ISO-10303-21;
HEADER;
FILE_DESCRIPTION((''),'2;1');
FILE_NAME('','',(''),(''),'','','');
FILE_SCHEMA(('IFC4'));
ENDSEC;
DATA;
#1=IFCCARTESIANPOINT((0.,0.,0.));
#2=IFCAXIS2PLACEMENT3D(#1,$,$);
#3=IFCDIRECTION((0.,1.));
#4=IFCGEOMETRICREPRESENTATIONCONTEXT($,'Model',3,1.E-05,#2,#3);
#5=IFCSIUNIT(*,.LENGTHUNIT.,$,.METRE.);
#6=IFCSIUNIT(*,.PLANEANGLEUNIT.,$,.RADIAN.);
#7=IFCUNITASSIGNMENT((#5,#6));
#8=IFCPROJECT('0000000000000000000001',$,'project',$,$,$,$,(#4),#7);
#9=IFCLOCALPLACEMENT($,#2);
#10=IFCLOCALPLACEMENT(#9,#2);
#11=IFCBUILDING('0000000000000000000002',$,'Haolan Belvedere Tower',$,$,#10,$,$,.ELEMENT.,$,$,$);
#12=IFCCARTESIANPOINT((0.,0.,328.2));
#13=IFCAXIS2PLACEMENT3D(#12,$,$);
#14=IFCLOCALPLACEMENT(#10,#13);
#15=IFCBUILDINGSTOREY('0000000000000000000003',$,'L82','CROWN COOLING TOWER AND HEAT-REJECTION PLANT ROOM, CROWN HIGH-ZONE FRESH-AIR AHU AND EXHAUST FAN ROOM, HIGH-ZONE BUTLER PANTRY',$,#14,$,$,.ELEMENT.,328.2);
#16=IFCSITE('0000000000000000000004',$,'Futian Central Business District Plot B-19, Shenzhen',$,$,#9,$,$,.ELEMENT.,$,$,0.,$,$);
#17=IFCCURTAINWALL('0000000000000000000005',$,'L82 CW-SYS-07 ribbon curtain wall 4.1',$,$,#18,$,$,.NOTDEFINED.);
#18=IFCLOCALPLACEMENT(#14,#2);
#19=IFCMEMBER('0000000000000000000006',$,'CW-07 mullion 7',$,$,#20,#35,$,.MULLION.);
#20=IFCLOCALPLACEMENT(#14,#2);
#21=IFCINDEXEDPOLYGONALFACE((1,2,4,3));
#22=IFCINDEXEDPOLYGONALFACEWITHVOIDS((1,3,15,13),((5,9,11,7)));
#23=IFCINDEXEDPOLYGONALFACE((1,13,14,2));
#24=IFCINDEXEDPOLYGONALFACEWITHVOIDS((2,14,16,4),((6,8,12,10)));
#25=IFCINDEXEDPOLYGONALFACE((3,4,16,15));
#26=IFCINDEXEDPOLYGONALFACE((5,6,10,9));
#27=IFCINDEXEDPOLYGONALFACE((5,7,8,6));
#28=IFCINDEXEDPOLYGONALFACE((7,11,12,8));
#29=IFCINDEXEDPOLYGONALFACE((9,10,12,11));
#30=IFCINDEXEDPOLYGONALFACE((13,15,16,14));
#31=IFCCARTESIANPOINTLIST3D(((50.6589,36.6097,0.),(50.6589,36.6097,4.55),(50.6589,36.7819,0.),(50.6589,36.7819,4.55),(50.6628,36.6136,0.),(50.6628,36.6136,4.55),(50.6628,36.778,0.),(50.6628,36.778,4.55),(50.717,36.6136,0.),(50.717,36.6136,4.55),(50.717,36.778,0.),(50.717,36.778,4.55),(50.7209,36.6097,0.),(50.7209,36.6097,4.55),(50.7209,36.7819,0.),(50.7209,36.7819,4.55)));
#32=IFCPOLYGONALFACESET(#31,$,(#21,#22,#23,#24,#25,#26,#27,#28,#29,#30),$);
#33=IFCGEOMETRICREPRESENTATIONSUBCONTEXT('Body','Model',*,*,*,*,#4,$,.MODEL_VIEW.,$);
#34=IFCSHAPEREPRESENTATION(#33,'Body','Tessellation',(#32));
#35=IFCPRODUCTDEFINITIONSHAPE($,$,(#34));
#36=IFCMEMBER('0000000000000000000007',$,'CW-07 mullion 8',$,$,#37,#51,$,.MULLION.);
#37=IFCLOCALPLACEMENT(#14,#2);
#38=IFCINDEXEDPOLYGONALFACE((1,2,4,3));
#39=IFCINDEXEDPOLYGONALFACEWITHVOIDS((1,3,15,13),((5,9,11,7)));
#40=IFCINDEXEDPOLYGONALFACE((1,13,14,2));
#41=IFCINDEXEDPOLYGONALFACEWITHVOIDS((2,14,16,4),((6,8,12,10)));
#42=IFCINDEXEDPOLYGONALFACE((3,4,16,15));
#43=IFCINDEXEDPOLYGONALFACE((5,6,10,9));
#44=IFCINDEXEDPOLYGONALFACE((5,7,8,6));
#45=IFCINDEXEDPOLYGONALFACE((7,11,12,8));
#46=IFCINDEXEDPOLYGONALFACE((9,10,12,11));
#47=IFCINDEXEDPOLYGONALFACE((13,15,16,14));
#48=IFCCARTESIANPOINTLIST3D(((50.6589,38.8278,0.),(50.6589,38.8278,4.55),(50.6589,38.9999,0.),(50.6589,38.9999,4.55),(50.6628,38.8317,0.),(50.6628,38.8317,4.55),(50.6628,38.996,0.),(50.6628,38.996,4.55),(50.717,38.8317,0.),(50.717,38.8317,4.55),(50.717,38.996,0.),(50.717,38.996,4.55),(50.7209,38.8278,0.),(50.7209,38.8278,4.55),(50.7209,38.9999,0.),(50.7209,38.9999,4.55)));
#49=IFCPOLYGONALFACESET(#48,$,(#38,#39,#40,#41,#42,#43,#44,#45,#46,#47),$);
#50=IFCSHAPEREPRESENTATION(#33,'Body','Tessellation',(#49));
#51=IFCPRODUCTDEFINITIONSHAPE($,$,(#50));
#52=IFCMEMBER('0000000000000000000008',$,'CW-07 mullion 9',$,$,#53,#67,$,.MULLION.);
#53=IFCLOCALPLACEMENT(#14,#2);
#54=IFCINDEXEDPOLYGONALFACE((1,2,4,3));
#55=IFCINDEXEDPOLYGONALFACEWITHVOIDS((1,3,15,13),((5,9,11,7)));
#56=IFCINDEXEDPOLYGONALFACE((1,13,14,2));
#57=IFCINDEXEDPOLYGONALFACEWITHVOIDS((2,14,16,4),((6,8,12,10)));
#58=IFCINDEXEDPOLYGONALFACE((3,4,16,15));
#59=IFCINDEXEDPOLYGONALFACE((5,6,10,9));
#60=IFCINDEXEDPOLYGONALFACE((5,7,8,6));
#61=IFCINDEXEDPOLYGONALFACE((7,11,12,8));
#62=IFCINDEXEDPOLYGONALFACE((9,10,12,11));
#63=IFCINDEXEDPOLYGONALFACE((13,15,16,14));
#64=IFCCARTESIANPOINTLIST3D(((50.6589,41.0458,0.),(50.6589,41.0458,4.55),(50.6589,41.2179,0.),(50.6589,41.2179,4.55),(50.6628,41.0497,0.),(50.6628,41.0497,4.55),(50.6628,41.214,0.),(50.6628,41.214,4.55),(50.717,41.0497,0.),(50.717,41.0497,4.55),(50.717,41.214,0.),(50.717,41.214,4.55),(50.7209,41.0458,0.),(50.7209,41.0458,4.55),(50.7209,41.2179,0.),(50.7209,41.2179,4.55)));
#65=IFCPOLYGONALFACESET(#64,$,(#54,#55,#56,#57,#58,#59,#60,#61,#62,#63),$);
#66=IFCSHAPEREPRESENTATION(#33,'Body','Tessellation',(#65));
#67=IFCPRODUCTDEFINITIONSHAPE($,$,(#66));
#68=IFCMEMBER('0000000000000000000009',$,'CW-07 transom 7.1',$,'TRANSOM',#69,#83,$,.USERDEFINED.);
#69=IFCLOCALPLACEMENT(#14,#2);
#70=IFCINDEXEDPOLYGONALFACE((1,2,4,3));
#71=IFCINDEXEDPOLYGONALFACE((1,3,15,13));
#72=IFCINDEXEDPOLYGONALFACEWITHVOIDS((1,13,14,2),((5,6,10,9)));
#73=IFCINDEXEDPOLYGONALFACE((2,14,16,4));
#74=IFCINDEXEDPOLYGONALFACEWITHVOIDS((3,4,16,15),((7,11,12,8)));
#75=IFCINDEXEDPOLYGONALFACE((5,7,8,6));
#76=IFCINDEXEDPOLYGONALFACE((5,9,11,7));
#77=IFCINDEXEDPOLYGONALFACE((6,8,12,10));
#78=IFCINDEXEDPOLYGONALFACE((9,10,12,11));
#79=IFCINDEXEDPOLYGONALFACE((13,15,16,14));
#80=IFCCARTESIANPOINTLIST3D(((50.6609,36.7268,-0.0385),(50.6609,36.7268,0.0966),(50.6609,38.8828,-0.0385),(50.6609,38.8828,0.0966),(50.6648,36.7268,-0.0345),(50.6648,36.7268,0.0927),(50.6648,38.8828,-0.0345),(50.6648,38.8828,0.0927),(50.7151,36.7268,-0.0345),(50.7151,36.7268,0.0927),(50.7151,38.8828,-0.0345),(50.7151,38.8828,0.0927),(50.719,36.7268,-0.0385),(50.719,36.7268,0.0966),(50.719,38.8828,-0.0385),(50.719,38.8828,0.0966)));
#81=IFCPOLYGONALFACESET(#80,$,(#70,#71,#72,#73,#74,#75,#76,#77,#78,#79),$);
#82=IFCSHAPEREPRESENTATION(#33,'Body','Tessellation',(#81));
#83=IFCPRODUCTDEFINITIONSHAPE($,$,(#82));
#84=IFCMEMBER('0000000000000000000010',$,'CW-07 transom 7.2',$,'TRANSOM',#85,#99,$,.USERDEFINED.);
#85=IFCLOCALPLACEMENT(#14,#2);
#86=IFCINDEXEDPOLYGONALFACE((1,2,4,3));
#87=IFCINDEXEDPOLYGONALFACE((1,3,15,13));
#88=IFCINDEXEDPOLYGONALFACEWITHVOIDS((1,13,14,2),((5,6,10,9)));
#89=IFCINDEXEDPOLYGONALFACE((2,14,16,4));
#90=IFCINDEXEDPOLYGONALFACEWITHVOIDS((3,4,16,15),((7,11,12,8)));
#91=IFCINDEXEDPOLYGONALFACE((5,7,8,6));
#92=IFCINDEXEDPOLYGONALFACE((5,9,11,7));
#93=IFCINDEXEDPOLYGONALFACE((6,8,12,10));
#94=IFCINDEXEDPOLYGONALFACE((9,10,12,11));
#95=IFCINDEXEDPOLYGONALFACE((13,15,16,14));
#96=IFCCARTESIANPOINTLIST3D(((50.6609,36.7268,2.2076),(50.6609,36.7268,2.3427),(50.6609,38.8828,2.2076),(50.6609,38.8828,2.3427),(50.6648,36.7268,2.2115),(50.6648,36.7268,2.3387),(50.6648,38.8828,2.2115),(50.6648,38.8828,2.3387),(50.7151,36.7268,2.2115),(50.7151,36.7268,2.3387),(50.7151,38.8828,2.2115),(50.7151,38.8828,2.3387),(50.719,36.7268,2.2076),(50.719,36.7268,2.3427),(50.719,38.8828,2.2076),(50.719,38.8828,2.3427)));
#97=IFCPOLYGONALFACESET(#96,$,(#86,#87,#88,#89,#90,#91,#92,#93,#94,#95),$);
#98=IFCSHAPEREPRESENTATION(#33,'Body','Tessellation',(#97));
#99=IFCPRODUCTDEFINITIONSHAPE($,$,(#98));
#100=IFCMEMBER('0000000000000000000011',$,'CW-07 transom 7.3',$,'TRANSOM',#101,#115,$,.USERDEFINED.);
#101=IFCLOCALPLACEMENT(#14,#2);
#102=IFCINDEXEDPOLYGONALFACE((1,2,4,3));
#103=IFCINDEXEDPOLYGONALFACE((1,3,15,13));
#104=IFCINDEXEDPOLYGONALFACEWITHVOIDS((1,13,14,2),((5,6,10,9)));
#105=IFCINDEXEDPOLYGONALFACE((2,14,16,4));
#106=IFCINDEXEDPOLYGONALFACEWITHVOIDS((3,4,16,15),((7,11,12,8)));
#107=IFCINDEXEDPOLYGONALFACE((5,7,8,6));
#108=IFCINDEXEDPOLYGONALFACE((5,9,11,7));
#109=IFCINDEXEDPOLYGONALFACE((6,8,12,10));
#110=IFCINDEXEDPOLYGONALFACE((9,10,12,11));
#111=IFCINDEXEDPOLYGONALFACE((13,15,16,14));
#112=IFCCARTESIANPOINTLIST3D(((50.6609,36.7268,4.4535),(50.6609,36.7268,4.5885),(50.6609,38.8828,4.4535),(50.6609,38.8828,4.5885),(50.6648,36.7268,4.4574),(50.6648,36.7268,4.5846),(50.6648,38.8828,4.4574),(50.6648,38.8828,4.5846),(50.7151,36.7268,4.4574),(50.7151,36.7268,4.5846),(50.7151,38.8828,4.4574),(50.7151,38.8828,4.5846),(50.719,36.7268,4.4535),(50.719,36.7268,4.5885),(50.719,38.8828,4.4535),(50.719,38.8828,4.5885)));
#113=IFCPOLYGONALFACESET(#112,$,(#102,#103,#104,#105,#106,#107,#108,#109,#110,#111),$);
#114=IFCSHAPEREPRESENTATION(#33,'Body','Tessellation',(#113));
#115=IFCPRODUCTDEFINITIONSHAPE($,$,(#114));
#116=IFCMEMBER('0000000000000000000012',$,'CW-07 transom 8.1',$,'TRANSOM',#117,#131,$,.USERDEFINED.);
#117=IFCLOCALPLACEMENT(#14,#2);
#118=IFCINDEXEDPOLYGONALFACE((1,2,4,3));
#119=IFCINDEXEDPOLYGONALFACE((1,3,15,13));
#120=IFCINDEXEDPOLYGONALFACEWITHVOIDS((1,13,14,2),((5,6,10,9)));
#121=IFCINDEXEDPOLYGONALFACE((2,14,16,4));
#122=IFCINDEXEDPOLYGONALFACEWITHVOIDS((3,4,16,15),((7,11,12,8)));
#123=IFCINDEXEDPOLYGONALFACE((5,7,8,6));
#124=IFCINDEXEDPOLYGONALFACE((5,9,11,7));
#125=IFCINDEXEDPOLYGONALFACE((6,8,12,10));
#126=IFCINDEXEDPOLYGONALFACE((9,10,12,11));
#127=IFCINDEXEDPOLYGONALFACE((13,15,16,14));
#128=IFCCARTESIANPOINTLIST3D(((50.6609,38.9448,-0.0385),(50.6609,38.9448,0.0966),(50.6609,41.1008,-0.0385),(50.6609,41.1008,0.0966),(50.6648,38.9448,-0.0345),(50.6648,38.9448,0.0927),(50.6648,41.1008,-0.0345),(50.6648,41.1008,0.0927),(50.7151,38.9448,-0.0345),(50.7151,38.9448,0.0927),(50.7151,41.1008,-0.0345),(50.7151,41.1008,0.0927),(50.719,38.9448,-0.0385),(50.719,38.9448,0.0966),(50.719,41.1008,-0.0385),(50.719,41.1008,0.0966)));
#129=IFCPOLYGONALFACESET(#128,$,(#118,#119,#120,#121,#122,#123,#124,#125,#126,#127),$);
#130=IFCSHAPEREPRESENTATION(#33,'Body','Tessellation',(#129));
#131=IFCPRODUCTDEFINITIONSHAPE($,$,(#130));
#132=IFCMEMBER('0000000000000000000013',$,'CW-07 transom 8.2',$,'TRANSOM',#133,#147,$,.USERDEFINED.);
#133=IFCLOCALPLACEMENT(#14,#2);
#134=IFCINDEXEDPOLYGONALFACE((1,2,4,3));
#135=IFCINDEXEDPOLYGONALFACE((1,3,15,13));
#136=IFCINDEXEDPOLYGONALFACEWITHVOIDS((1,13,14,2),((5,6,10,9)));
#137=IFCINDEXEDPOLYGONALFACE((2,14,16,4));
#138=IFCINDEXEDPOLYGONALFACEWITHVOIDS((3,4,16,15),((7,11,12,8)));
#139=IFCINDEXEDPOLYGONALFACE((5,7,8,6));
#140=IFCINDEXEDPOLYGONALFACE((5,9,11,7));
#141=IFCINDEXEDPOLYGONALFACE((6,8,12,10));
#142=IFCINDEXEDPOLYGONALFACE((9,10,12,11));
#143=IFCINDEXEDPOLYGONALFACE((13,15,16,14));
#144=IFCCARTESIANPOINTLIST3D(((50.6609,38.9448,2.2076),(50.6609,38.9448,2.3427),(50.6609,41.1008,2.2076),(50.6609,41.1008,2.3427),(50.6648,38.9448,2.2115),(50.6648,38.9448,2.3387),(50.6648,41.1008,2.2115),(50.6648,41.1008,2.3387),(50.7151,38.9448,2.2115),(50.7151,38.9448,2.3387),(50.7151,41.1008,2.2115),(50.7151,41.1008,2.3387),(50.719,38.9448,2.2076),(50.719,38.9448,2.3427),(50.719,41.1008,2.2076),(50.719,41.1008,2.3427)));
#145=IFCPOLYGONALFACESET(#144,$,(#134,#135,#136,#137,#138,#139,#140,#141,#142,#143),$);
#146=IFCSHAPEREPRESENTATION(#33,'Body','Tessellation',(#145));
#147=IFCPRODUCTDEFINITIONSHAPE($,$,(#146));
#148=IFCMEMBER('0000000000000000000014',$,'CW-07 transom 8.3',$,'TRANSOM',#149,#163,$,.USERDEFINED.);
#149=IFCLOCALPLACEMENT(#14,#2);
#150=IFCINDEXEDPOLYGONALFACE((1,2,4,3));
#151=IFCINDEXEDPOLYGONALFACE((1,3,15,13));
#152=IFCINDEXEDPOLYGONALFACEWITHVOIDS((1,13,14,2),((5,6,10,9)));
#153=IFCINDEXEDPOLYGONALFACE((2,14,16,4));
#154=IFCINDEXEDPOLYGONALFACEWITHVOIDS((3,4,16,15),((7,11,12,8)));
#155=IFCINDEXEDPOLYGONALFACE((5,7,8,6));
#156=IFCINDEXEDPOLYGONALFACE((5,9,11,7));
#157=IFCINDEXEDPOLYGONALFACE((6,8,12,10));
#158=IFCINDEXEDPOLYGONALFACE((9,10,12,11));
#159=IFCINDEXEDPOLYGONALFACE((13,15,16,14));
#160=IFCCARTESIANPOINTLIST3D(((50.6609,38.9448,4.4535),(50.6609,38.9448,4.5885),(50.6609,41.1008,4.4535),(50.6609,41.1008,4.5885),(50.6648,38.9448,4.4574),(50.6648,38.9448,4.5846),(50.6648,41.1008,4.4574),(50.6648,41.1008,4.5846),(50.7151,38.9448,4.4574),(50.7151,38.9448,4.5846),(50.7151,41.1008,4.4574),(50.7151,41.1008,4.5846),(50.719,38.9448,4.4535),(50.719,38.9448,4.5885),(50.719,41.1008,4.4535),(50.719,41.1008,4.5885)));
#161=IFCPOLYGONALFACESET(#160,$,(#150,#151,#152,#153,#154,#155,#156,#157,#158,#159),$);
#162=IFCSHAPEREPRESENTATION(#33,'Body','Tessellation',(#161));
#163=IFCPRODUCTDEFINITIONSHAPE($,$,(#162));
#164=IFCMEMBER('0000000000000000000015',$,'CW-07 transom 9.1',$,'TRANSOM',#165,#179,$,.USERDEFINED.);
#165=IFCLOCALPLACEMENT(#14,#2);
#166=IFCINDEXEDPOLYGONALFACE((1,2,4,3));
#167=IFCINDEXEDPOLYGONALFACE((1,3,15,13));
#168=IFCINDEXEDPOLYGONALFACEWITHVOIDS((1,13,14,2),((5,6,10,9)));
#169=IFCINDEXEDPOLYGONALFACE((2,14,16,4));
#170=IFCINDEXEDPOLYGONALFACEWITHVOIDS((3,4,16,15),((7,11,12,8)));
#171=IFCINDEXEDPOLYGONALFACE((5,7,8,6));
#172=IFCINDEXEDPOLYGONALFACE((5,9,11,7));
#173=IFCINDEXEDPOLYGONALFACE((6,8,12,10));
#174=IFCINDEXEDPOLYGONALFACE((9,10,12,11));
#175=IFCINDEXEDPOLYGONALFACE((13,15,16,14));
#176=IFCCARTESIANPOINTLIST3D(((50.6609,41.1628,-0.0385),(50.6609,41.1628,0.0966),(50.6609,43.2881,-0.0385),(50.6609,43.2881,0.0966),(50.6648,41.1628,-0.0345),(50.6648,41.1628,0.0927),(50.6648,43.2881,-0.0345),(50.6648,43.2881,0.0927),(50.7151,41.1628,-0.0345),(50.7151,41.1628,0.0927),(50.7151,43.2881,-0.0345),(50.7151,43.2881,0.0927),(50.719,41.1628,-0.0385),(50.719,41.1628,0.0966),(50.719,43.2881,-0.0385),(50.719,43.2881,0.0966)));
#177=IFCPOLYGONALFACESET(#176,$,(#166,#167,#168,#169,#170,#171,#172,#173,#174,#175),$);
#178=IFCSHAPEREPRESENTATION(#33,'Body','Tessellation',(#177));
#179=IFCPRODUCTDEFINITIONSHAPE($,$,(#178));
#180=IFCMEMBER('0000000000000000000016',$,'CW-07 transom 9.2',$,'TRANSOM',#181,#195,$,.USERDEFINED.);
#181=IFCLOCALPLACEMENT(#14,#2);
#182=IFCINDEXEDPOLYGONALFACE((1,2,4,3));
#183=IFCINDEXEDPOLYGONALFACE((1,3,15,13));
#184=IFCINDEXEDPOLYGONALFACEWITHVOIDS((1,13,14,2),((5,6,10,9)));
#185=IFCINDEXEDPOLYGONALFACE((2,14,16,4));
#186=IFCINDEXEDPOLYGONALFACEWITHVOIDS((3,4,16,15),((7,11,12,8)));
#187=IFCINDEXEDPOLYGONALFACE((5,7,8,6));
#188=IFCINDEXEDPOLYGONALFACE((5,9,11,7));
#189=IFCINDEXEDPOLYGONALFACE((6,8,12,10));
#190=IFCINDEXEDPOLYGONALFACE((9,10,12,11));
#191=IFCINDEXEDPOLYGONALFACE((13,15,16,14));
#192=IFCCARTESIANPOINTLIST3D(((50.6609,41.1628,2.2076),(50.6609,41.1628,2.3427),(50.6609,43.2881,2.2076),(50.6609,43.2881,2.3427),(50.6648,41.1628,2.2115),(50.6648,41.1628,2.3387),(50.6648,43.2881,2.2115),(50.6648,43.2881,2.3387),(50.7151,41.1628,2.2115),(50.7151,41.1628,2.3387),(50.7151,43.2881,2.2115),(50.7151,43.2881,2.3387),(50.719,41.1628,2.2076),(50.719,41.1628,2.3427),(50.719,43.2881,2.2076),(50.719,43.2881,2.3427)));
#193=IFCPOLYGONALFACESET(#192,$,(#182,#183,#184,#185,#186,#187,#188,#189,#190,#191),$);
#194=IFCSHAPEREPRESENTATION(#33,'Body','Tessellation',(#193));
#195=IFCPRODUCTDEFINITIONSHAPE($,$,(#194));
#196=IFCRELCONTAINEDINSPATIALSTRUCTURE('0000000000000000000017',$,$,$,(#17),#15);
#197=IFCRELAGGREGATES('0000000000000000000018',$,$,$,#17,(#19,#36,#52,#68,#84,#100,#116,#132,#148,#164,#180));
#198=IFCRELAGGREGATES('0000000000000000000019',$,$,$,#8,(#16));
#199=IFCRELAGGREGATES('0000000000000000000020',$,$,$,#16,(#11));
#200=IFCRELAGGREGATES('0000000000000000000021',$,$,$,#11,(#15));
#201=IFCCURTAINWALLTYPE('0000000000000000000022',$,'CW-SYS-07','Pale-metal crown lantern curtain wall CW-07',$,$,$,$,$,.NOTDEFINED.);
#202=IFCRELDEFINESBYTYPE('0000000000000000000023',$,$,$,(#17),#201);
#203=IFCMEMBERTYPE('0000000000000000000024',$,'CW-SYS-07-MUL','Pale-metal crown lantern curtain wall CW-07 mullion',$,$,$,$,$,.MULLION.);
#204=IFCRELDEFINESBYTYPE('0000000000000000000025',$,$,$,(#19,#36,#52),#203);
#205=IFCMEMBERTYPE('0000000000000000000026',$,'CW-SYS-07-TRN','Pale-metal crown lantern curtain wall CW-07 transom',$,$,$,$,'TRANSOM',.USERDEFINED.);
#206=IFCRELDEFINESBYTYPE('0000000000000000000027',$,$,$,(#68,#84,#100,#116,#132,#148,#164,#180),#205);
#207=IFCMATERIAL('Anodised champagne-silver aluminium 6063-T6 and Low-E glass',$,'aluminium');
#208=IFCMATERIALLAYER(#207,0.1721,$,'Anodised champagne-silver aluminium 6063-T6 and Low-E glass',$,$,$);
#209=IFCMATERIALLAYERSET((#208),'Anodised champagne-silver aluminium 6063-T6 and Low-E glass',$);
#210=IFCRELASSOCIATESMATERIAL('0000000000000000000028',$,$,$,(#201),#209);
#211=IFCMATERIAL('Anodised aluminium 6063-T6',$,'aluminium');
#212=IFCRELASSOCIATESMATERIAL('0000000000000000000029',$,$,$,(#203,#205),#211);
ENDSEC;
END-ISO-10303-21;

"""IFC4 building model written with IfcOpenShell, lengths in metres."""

from ifc_helpers import new_model, si_unit, direction, frame, origin, origin_2d, place, context, subcontext, project, spatial, hollow_rectangle, extrude, material, layer, layer_set, material_profile, profile_set, type_object, element, aggregate, save


model = new_model("IFC4")

# Units and contexts
model_context = context("Model", 3, precision=1e-05, world=origin(), true_north=direction((0.0, 1.0)))
body_context = subcontext(model_context, "Body", "Model", "MODEL_VIEW")
ifc_project = project(units=[si_unit("LENGTHUNIT", "METRE"), si_unit("PLANEANGLEUNIT", "RADIAN")], contexts=[model_context])

# Site, building, storey
site_placement = place(None, origin())
site = spatial("IfcSite", under=ifc_project, at=site_placement, Name="Futian Central Business District Plot B-19, Shenzhen", CompositionType="ELEMENT", RefElevation=0.0)
building_placement = place(site_placement, origin())
building = spatial("IfcBuilding", under=site, at=building_placement, Name="Haolan Belvedere Tower", CompositionType="ELEMENT")
storey_placement = place(building_placement, frame((0.0, 0.0, 328.2)))
storey = spatial("IfcBuildingStorey", under=building, at=storey_placement, Name="L82", Description="CROWN COOLING TOWER AND HEAT-REJECTION PLANT ROOM, CROWN HIGH-ZONE FRESH-AIR AHU AND EXHAUST FAN ROOM, HIGH-ZONE BUTLER PANTRY", CompositionType="ELEMENT", Elevation=328.2)

# Curtain wall, members
ifc_material_1 = material(Name="Anodised champagne-silver aluminium 6063-T6 and Low-E glass", Category="aluminium")
ifc_layer_1 = layer(ifc_material_1, 0.1721, Name="Anodised champagne-silver aluminium 6063-T6 and Low-E glass")
ifc_layer_set_1 = layer_set([ifc_layer_1], Name="Anodised champagne-silver aluminium 6063-T6 and Low-E glass")
curtain_wall_type = type_object("IfcCurtainWallType", Name="CW-SYS-07", Description="Pale-metal crown lantern curtain wall CW-07", PredefinedType="NOTDEFINED", material=ifc_layer_set_1)
curtain_wall_placement = place(storey_placement, origin())
curtain_wall = element("IfcCurtainWall", 1, at=curtain_wall_placement, inside=storey, type_object=curtain_wall_type, Name="L82 CW-SYS-07 ribbon curtain wall 4.1", PredefinedType="NOTDEFINED")
ifc_material_2 = material(Name="Anodised aluminium 6063-T6", Category="aluminium")
ifc_material_profile_1 = material_profile(ifc_material_2, hollow_rectangle(XDim=0.062, YDim=0.1721, WallThickness=0.0039, at=origin_2d()), Name="Anodised aluminium 6063-T6")
ifc_profile_set_1 = profile_set([ifc_material_profile_1], Name="Anodised aluminium 6063-T6")
member_type_1 = type_object("IfcMemberType", Name="CW-SYS-07-MUL", Description="Pale-metal crown lantern curtain wall CW-07 mullion", PredefinedType="MULLION", material=ifc_profile_set_1)
member_1_placement = place(storey_placement, frame((50.6899, 36.6958, 0.0), z_axis=(0.0, 0.0, 1.0), x_axis=(-1.0, 0.0, 0.0)))
member_1 = element("IfcMember", 2, at=member_1_placement, type_object=member_type_1, Name="CW-07 mullion 7", PredefinedType="MULLION", context=body_context, shape_type="SweptSolid", body=[
    extrude(hollow_rectangle(XDim=0.062, YDim=0.1721, WallThickness=0.0039, at=origin_2d()), origin(), (0.0, 0.0, 1.0), 4.55),
])
member_2_placement = place(storey_placement, frame((50.6899, 38.9138, 0.0), z_axis=(0.0, 0.0, 1.0), x_axis=(-1.0, 0.0, 0.0)))
member_2 = element("IfcMember", 3, at=member_2_placement, type_object=member_type_1, Name="CW-07 mullion 8", PredefinedType="MULLION", context=body_context, shape_type="SweptSolid", body=[
    extrude(hollow_rectangle(XDim=0.062, YDim=0.1721, WallThickness=0.0039, at=origin_2d()), origin(), (0.0, 0.0, 1.0), 4.55),
])
member_3_placement = place(storey_placement, frame((50.6899, 41.1318, 0.0), z_axis=(0.0, 0.0, 1.0), x_axis=(-1.0, 0.0, 0.0)))
member_3 = element("IfcMember", 4, at=member_3_placement, type_object=member_type_1, Name="CW-07 mullion 9", PredefinedType="MULLION", context=body_context, shape_type="SweptSolid", body=[
    extrude(hollow_rectangle(XDim=0.062, YDim=0.1721, WallThickness=0.0039, at=origin_2d()), origin(), (0.0, 0.0, 1.0), 4.55),
])
ifc_material_profile_2 = material_profile(ifc_material_2, hollow_rectangle(XDim=0.0581, YDim=0.135, WallThickness=0.0039, at=origin_2d()), Name="Anodised aluminium 6063-T6")
ifc_profile_set_2 = profile_set([ifc_material_profile_2], Name="Anodised aluminium 6063-T6")
member_type_2 = type_object("IfcMemberType", Name="CW-SYS-07-TRN", Description="Pale-metal crown lantern curtain wall CW-07 transom", ElementType="TRANSOM", PredefinedType="USERDEFINED", material=ifc_profile_set_2)
member_4_placement = place(storey_placement, frame((50.6899, 36.7268, 0.0291), z_axis=(0.0, 1.0, 0.0), x_axis=(-1.0, 0.0, 0.0)))
member_4 = element("IfcMember", 5, at=member_4_placement, type_object=member_type_2, Name="CW-07 transom 7.1", ObjectType="TRANSOM", PredefinedType="USERDEFINED", context=body_context, shape_type="SweptSolid", body=[
    extrude(hollow_rectangle(XDim=0.0581, YDim=0.135, WallThickness=0.0039, at=origin_2d()), origin(), (0.0, 0.0, 1.0), 2.156),
])
member_5_placement = place(storey_placement, frame((50.6899, 36.7268, 2.2751), z_axis=(0.0, 1.0, 0.0), x_axis=(-1.0, 0.0, 0.0)))
member_5 = element("IfcMember", 6, at=member_5_placement, type_object=member_type_2, Name="CW-07 transom 7.2", ObjectType="TRANSOM", PredefinedType="USERDEFINED", context=body_context, shape_type="SweptSolid", body=[
    extrude(hollow_rectangle(XDim=0.0581, YDim=0.135, WallThickness=0.0039, at=origin_2d()), origin(), (0.0, 0.0, 1.0), 2.156),
])
member_6_placement = place(storey_placement, frame((50.6899, 36.7268, 4.521), z_axis=(0.0, 1.0, 0.0), x_axis=(-1.0, 0.0, 0.0)))
member_6 = element("IfcMember", 7, at=member_6_placement, type_object=member_type_2, Name="CW-07 transom 7.3", ObjectType="TRANSOM", PredefinedType="USERDEFINED", context=body_context, shape_type="SweptSolid", body=[
    extrude(hollow_rectangle(XDim=0.0581, YDim=0.135, WallThickness=0.0039, at=origin_2d()), origin(), (0.0, 0.0, 1.0), 2.156),
])
member_7_placement = place(storey_placement, frame((50.6899, 38.9448, 0.0291), z_axis=(0.0, 1.0, 0.0), x_axis=(-1.0, 0.0, 0.0)))
member_7 = element("IfcMember", 8, at=member_7_placement, type_object=member_type_2, Name="CW-07 transom 8.1", ObjectType="TRANSOM", PredefinedType="USERDEFINED", context=body_context, shape_type="SweptSolid", body=[
    extrude(hollow_rectangle(XDim=0.0581, YDim=0.135, WallThickness=0.0039, at=origin_2d()), origin(), (0.0, 0.0, 1.0), 2.156),
])
member_8_placement = place(storey_placement, frame((50.6899, 38.9448, 2.2751), z_axis=(0.0, 1.0, 0.0), x_axis=(-1.0, 0.0, 0.0)))
member_8 = element("IfcMember", 9, at=member_8_placement, type_object=member_type_2, Name="CW-07 transom 8.2", ObjectType="TRANSOM", PredefinedType="USERDEFINED", context=body_context, shape_type="SweptSolid", body=[
    extrude(hollow_rectangle(XDim=0.0581, YDim=0.135, WallThickness=0.0039, at=origin_2d()), origin(), (0.0, 0.0, 1.0), 2.156),
])
member_9_placement = place(storey_placement, frame((50.6899, 38.9448, 4.521), z_axis=(0.0, 1.0, 0.0), x_axis=(-1.0, 0.0, 0.0)))
member_9 = element("IfcMember", 10, at=member_9_placement, type_object=member_type_2, Name="CW-07 transom 8.3", ObjectType="TRANSOM", PredefinedType="USERDEFINED", context=body_context, shape_type="SweptSolid", body=[
    extrude(hollow_rectangle(XDim=0.0581, YDim=0.135, WallThickness=0.0039, at=origin_2d()), origin(), (0.0, 0.0, 1.0), 2.156),
])
member_10_placement = place(storey_placement, frame((50.6899, 41.1628, 0.0291), z_axis=(0.0, 1.0, 0.0), x_axis=(-1.0, 0.0, 0.0)))
member_10 = element("IfcMember", 11, at=member_10_placement, type_object=member_type_2, Name="CW-07 transom 9.1", ObjectType="TRANSOM", PredefinedType="USERDEFINED", context=body_context, shape_type="SweptSolid", body=[
    extrude(hollow_rectangle(XDim=0.0581, YDim=0.135, WallThickness=0.0039, at=origin_2d()), origin(), (0.0, 0.0, 1.0), 2.1252),
])
member_11_placement = place(storey_placement, frame((50.6899, 41.1628, 2.2751), z_axis=(0.0, 1.0, 0.0), x_axis=(-1.0, 0.0, 0.0)))
member_11 = element("IfcMember", 12, at=member_11_placement, type_object=member_type_2, Name="CW-07 transom 9.2", ObjectType="TRANSOM", PredefinedType="USERDEFINED", context=body_context, shape_type="SweptSolid", body=[
    extrude(hollow_rectangle(XDim=0.0581, YDim=0.135, WallThickness=0.0039, at=origin_2d()), origin(), (0.0, 0.0, 1.0), 2.1252),
])
aggregate(curtain_wall, [member_1, member_2, member_3, member_4, member_5, member_6, member_7, member_8, member_9, member_10, member_11])

save(model, "model.ifc")
